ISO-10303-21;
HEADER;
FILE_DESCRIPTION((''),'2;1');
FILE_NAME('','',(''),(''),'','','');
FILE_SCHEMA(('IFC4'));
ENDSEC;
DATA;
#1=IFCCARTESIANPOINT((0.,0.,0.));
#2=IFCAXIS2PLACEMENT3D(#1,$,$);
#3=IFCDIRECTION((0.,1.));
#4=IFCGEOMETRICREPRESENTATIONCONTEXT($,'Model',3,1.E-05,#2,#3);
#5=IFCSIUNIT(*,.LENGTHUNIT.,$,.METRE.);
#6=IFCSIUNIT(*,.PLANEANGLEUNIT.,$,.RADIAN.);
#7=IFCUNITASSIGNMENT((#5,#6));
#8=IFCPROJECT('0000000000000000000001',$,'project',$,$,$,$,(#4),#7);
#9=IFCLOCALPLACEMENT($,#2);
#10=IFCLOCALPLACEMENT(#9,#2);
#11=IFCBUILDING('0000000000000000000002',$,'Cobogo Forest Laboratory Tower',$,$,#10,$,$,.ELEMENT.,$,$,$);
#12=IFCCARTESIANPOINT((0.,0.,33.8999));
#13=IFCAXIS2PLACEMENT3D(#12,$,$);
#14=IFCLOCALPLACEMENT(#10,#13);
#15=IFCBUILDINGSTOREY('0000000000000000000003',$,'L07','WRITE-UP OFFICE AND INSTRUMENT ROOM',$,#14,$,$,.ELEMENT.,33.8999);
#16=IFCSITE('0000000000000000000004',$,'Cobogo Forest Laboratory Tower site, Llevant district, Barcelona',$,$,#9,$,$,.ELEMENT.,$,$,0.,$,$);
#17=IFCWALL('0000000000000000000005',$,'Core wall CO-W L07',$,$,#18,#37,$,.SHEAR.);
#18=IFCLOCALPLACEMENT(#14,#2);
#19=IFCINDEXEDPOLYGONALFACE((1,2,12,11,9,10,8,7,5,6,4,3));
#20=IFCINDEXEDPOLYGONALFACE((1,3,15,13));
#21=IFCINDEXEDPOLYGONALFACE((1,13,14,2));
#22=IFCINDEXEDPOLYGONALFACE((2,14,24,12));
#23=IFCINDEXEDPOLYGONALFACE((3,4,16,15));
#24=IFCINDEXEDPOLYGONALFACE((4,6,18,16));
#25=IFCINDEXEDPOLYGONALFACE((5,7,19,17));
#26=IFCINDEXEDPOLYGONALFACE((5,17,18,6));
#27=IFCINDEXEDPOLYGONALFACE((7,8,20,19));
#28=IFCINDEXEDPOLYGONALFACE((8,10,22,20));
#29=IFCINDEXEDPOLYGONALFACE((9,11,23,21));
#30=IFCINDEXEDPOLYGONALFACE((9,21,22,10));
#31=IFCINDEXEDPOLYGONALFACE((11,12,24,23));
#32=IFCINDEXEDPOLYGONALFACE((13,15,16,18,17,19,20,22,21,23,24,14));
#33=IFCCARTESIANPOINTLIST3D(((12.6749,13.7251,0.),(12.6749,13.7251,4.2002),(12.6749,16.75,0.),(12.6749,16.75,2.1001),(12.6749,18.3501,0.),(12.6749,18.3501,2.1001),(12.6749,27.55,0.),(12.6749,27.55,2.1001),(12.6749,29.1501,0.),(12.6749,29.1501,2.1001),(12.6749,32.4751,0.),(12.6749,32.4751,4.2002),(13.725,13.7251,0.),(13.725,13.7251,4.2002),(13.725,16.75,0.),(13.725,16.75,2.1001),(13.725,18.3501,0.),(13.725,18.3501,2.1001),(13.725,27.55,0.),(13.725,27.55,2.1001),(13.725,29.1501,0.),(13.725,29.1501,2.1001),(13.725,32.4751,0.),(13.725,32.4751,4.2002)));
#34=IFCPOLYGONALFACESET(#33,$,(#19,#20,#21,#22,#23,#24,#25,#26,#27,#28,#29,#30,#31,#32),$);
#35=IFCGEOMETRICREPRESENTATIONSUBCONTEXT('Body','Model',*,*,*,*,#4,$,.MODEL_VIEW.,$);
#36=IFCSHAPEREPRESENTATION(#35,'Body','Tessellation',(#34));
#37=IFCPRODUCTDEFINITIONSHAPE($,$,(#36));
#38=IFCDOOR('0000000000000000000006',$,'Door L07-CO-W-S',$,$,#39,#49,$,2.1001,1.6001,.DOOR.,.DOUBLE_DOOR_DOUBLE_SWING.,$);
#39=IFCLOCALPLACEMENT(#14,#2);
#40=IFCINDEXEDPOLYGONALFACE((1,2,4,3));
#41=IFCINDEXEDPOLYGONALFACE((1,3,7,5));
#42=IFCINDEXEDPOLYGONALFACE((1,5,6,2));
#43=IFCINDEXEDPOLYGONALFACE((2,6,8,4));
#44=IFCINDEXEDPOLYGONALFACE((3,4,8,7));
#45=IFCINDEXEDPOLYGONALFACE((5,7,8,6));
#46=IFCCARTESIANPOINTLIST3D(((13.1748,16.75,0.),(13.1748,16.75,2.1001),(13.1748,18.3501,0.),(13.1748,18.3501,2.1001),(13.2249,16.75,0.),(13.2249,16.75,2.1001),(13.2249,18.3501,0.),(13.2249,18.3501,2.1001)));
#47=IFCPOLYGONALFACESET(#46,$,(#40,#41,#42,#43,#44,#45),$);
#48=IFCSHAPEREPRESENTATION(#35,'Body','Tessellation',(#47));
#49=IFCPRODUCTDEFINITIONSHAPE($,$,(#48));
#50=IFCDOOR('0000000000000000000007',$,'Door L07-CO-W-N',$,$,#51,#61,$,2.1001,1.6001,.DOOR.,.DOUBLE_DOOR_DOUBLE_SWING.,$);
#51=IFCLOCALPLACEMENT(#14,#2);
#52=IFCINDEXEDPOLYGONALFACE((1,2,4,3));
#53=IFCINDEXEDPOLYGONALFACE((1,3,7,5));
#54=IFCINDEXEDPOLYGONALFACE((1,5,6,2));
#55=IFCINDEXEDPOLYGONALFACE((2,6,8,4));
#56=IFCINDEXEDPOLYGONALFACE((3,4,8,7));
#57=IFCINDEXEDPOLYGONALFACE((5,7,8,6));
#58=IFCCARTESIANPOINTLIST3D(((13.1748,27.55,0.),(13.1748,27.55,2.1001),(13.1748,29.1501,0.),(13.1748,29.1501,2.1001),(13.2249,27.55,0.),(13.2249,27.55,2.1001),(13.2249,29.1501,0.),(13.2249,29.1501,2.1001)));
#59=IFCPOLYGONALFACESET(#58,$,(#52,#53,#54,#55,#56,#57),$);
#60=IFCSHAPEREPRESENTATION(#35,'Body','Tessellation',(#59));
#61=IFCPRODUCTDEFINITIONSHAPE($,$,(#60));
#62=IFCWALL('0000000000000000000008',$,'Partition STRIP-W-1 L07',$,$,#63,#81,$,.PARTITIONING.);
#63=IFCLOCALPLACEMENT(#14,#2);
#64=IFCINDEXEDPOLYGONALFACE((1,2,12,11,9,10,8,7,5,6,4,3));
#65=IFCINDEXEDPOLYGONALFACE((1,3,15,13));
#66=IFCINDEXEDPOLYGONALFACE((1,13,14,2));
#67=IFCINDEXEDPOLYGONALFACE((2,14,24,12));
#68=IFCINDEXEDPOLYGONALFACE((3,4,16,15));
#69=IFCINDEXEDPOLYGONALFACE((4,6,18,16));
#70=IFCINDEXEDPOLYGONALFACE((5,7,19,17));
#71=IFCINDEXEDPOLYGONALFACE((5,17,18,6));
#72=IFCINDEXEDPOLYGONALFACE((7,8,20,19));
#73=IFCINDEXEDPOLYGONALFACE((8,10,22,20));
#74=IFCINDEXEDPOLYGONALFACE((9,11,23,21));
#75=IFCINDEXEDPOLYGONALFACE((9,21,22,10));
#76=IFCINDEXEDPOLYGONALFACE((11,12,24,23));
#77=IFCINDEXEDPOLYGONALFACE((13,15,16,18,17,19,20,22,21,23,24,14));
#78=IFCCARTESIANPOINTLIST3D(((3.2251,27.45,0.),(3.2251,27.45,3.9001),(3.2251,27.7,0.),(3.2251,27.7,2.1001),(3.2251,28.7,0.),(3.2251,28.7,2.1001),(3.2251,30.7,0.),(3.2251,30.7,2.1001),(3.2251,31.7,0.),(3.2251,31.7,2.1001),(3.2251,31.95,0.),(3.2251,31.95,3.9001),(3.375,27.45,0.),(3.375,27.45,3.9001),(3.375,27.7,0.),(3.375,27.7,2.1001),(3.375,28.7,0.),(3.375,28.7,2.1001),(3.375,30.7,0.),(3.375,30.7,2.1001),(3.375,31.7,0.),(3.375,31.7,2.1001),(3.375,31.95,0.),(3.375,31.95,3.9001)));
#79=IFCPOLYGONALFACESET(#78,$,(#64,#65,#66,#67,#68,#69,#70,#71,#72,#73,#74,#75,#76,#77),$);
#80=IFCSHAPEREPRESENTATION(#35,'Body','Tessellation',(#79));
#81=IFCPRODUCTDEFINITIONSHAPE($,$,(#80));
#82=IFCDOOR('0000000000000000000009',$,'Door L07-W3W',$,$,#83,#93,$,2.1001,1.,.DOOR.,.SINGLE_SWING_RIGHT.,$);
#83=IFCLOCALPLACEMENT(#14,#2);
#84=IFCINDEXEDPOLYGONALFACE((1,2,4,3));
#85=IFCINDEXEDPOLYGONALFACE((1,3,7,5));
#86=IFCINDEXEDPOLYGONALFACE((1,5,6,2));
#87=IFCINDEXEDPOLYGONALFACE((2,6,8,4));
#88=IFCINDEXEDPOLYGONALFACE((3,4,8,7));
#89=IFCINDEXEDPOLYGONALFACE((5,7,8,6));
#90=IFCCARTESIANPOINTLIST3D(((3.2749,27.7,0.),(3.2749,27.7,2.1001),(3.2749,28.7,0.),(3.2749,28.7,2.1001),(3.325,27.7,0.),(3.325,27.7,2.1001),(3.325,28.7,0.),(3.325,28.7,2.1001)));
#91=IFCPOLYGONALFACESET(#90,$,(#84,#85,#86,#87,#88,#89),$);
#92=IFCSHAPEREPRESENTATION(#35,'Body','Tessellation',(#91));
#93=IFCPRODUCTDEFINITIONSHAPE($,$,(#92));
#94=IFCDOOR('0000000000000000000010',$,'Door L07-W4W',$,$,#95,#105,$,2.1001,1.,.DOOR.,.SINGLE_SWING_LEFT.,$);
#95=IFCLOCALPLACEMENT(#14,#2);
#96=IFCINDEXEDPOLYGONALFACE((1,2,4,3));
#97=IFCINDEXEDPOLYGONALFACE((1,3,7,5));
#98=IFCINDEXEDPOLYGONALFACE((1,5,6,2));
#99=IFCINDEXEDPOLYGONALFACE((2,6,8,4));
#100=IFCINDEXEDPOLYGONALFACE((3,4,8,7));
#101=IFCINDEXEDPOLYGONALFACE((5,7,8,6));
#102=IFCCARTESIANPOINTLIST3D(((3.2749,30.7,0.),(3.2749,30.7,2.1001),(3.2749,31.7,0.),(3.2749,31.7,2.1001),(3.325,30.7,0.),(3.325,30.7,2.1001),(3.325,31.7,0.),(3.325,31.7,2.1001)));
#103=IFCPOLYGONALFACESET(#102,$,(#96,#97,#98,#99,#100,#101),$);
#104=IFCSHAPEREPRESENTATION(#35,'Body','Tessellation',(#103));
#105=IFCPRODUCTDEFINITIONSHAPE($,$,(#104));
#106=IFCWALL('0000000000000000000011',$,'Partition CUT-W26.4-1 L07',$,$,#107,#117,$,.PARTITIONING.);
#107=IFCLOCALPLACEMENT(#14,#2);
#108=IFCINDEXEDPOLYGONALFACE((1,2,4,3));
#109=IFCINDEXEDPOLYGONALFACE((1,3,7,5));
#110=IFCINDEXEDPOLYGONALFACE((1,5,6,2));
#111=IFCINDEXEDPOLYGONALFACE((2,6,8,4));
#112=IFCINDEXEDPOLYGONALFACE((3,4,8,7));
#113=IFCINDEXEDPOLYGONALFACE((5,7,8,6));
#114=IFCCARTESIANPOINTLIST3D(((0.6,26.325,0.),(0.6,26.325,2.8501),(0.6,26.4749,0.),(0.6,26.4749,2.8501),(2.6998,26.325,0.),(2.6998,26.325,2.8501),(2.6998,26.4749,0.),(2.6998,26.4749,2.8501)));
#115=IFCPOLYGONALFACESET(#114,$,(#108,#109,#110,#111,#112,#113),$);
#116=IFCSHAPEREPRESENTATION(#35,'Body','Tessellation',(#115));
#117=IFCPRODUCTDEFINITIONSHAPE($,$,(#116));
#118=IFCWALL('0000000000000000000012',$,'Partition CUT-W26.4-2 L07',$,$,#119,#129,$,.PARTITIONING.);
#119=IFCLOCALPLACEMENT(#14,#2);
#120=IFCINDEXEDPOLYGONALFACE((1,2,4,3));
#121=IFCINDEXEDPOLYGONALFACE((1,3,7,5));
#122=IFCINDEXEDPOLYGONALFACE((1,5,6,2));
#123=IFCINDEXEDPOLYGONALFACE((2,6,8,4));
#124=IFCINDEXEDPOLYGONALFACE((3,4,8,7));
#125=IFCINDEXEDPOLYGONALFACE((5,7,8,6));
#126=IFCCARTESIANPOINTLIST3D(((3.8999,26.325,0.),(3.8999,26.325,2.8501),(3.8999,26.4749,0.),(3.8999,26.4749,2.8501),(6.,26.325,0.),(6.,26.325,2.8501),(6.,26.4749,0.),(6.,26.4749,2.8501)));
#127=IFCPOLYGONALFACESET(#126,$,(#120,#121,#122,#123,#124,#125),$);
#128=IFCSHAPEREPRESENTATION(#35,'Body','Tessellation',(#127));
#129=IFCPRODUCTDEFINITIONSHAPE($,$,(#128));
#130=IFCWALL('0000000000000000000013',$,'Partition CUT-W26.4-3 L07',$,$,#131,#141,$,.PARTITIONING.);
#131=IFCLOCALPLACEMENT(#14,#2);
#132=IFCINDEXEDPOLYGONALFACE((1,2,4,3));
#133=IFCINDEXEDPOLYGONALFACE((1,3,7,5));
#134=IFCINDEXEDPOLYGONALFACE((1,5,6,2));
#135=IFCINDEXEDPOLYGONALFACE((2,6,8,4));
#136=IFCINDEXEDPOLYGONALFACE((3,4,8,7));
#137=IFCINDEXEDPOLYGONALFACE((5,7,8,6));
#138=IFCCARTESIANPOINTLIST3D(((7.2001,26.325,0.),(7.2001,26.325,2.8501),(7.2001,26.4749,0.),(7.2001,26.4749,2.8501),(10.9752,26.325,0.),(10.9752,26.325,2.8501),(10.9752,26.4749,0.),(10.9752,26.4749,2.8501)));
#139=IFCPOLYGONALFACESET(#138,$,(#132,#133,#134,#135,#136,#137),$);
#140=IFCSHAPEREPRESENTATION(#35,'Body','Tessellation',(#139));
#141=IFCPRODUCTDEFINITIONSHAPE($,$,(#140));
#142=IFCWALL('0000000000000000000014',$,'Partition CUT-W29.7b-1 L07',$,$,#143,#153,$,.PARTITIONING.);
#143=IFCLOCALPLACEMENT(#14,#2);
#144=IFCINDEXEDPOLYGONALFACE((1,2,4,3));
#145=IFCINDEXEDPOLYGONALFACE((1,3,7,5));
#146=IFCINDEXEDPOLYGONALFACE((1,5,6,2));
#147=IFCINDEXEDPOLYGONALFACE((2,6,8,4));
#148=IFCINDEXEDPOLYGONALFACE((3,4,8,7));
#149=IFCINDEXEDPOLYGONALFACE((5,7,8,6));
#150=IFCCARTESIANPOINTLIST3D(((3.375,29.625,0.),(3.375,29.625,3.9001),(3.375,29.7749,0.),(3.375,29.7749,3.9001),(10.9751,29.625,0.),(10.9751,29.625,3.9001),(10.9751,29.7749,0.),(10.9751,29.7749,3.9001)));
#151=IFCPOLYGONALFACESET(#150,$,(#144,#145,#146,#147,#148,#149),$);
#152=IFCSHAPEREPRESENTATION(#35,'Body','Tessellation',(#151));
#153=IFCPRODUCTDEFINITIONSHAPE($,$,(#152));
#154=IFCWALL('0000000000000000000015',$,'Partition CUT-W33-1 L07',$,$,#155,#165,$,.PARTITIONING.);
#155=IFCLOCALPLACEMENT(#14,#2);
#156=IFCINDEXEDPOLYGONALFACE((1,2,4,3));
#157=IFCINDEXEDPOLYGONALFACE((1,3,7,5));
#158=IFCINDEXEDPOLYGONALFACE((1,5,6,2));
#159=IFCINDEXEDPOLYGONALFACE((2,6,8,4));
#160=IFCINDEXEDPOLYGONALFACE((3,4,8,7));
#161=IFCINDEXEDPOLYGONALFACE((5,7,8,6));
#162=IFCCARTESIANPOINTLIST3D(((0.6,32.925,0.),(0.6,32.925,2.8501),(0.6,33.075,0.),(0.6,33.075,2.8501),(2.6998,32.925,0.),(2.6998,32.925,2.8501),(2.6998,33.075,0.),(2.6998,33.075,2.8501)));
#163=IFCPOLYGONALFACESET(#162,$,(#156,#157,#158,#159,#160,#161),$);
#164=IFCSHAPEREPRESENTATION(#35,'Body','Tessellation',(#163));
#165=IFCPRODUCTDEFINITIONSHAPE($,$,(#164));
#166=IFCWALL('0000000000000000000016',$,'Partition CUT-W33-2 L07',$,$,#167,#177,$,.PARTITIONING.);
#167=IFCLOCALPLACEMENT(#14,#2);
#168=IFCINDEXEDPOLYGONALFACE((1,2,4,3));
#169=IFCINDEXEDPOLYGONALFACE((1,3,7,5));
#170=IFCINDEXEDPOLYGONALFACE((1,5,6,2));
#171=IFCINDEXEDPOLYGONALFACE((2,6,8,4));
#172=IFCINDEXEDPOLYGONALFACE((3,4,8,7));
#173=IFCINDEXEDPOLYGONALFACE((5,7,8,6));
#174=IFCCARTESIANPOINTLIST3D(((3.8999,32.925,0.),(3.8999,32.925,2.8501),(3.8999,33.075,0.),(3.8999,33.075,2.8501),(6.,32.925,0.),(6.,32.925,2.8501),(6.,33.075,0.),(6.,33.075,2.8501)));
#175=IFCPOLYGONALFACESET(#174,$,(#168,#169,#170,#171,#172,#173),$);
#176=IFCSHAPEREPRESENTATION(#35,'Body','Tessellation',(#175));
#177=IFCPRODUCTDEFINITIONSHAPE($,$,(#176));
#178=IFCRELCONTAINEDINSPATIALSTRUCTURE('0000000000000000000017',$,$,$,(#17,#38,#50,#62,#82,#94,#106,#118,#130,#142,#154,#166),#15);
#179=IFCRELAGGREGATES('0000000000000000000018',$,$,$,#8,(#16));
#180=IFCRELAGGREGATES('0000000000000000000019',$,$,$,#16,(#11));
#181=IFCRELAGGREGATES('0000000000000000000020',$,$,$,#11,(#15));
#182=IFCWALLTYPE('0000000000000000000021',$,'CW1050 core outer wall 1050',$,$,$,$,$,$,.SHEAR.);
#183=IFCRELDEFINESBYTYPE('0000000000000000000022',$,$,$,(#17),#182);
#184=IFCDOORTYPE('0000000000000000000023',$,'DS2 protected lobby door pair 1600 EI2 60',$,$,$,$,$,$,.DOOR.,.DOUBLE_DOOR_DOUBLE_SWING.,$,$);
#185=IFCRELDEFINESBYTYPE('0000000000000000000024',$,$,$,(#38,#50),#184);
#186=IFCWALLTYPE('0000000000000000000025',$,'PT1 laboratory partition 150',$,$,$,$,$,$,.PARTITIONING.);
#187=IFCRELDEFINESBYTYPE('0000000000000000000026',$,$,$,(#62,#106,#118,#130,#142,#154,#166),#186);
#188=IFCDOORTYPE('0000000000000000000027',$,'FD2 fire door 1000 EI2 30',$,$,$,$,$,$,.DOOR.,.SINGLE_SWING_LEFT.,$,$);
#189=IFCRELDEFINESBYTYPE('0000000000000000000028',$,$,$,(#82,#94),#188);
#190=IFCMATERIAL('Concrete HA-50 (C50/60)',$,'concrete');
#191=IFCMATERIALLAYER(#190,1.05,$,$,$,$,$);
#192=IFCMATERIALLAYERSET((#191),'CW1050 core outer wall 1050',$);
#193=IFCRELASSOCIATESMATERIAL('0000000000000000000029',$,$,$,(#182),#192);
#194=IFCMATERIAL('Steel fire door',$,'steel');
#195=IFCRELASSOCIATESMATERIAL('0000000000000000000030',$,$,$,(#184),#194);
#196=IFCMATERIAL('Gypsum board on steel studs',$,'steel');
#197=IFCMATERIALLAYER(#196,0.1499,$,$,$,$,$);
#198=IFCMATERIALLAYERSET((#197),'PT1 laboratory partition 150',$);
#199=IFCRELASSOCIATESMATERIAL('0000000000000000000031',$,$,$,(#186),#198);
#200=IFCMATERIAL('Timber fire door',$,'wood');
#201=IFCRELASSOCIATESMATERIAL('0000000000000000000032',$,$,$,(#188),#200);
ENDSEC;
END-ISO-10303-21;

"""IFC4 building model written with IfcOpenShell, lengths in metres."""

from ifc_helpers import new_model, si_unit, direction, frame, frame_2d, origin, place, context, subcontext, project, spatial, rectangle, extrude, material, layer, layer_set, type_object, element, fill, save


model = new_model("IFC4")

# Units and contexts
model_context = context("Model", 3, precision=1e-05, world=origin(), true_north=direction((0.0, 1.0)))
body_context = subcontext(model_context, "Body", "Model", "MODEL_VIEW")
ifc_project = project(units=[si_unit("LENGTHUNIT", "METRE"), si_unit("PLANEANGLEUNIT", "RADIAN")], contexts=[model_context])

# Site, building, storey
site_placement = place(None, origin())
site = spatial("IfcSite", under=ifc_project, at=site_placement, Name="Cobogo Forest Laboratory Tower site, Llevant district, Barcelona", CompositionType="ELEMENT", RefElevation=0.0)
building_placement = place(site_placement, origin())
building = spatial("IfcBuilding", under=site, at=building_placement, Name="Cobogo Forest Laboratory Tower", CompositionType="ELEMENT")
storey_placement = place(building_placement, frame((0.0, 0.0, 33.8999)))
storey = spatial("IfcBuildingStorey", under=building, at=storey_placement, Name="L07", Description="WRITE-UP OFFICE AND INSTRUMENT ROOM", CompositionType="ELEMENT", Elevation=33.8999)

# Shared definitions
ifc_material_1 = material(Name="Concrete HA-50 (C50/60)", Category="concrete")

# Shared definitions
ifc_material_2 = material(Name="Steel fire door", Category="steel")

# Walls, openings, doors
ifc_layer_1 = layer(ifc_material_1, 1.05)
ifc_layer_set_1 = layer_set([ifc_layer_1], Name="CW1050 core outer wall 1050")
wall_type_1 = type_object("IfcWallType", Name="CW1050 core outer wall 1050", PredefinedType="SHEAR", material=ifc_layer_set_1)
wall_1_placement = place(storey_placement, frame((13.2, 32.4751, 0.0), z_axis=(0.0, 0.0, 1.0), x_axis=(0.0, -1.0, 0.0)))
wall_1 = element("IfcWall", 1, at=wall_1_placement, inside=storey, type_object=wall_type_1, Name="Core wall CO-W L07", PredefinedType="SHEAR", context=body_context, shape_type="SweptSolid", body=[
    extrude(rectangle(XDim=18.75, YDim=1.05, at=frame_2d((9.375, 0.0))), origin(), (0.0, 0.0, 1.0), 4.2002),
])
opening_1_placement = place(wall_1_placement, frame((14.125, 0.0, 0.0)))
opening_1 = element("IfcOpeningElement", 2, at=opening_1_placement, cuts=wall_1, PredefinedType="OPENING", context=body_context, shape_type="SweptSolid", body=[
    extrude(rectangle(XDim=1.6001, YDim=2.1001, at=frame_2d((0.8, 1.05))), frame((0.0, 0.5349, 0.0), z_axis=(0.0, -1.0, 0.0), x_axis=(1.0, 0.0, 0.0)), (0.0, 0.0, 1.0), 1.0701),
])
opening_2_placement = place(wall_1_placement, frame((3.325, 0.0, 0.0)))
opening_2 = element("IfcOpeningElement", 3, at=opening_2_placement, cuts=wall_1, PredefinedType="OPENING", context=body_context, shape_type="SweptSolid", body=[
    extrude(rectangle(XDim=1.6001, YDim=2.1001, at=frame_2d((0.8, 1.05))), frame((0.0, 0.5349, 0.0), z_axis=(0.0, -1.0, 0.0), x_axis=(1.0, 0.0, 0.0)), (0.0, 0.0, 1.0), 1.0701),
])
door_type_1 = type_object("IfcDoorType", Name="DS2 protected lobby door pair 1600 EI2 60", OperationType="DOUBLE_DOOR_DOUBLE_SWING", PredefinedType="DOOR", material=ifc_material_2)
door_1_placement = place(opening_1_placement, origin())
door_1 = element("IfcDoor", 4, at=door_1_placement, inside=storey, type_object=door_type_1, Name="Door L07-CO-W-S", OperationType="DOUBLE_DOOR_DOUBLE_SWING", OverallHeight=2.1001, OverallWidth=1.6001, PredefinedType="DOOR", context=body_context, shape_type="SweptSolid", body=[
    extrude(rectangle(XDim=1.6001, YDim=2.1001, at=frame_2d((0.8, 1.05))), frame((0.0, 0.0249, 0.0), z_axis=(0.0, -1.0, 0.0), x_axis=(1.0, 0.0, 0.0)), (0.0, 0.0, 1.0), 0.05),
])
fill(opening_1, door_1)
door_2_placement = place(opening_2_placement, origin())
door_2 = element("IfcDoor", 5, at=door_2_placement, inside=storey, type_object=door_type_1, Name="Door L07-CO-W-N", OperationType="DOUBLE_DOOR_DOUBLE_SWING", OverallHeight=2.1001, OverallWidth=1.6001, PredefinedType="DOOR", context=body_context, shape_type="SweptSolid", body=[
    extrude(rectangle(XDim=1.6001, YDim=2.1001, at=frame_2d((0.8, 1.05))), frame((0.0, 0.0249, 0.0), z_axis=(0.0, -1.0, 0.0), x_axis=(1.0, 0.0, 0.0)), (0.0, 0.0, 1.0), 0.05),
])
fill(opening_2, door_2)
ifc_material_3 = material(Name="Gypsum board on steel studs", Category="steel")
ifc_layer_2 = layer(ifc_material_3, 0.1499)
ifc_layer_set_2 = layer_set([ifc_layer_2], Name="PT1 laboratory partition 150")
wall_type_2 = type_object("IfcWallType", Name="PT1 laboratory partition 150", PredefinedType="PARTITIONING", material=ifc_layer_set_2)
wall_2_placement = place(storey_placement, frame((3.3, 31.95, 0.0), z_axis=(0.0, 0.0, 1.0), x_axis=(0.0, -1.0, 0.0)))
wall_2 = element("IfcWall", 6, at=wall_2_placement, inside=storey, type_object=wall_type_2, Name="Partition STRIP-W-1 L07", PredefinedType="PARTITIONING", context=body_context, shape_type="SweptSolid", body=[
    extrude(rectangle(XDim=4.5, YDim=0.1499, at=frame_2d((2.25, 0.0))), origin(), (0.0, 0.0, 1.0), 3.9001),
])
opening_3_placement = place(wall_2_placement, frame((3.25, 0.0, 0.0)))
opening_3 = element("IfcOpeningElement", 7, at=opening_3_placement, cuts=wall_2, PredefinedType="OPENING", context=body_context, shape_type="SweptSolid", body=[
    extrude(rectangle(XDim=1.0, YDim=2.1001, at=frame_2d((0.5, 1.05))), frame((0.0, 0.085, 0.0), z_axis=(0.0, -1.0, 0.0), x_axis=(1.0, 0.0, 0.0)), (0.0, 0.0, 1.0), 0.1699),
])
opening_4_placement = place(wall_2_placement, frame((0.25, 0.0, 0.0)))
opening_4 = element("IfcOpeningElement", 8, at=opening_4_placement, cuts=wall_2, PredefinedType="OPENING", context=body_context, shape_type="SweptSolid", body=[
    extrude(rectangle(XDim=1.0, YDim=2.1001, at=frame_2d((0.5, 1.05))), frame((0.0, 0.085, 0.0), z_axis=(0.0, -1.0, 0.0), x_axis=(1.0, 0.0, 0.0)), (0.0, 0.0, 1.0), 0.1699),
])
ifc_material_4 = material(Name="Timber fire door", Category="wood")
door_type_2 = type_object("IfcDoorType", Name="FD2 fire door 1000 EI2 30", OperationType="SINGLE_SWING_LEFT", PredefinedType="DOOR", material=ifc_material_4)
door_3_placement = place(opening_3_placement, origin())
door_3 = element("IfcDoor", 9, at=door_3_placement, inside=storey, type_object=door_type_2, Name="Door L07-W3W", OperationType="SINGLE_SWING_RIGHT", OverallHeight=2.1001, OverallWidth=1.0, PredefinedType="DOOR", context=body_context, shape_type="SweptSolid", body=[
    extrude(rectangle(XDim=1.0, YDim=2.1001, at=frame_2d((0.5, 1.05))), frame((0.0, 0.0249, 0.0), z_axis=(0.0, -1.0, 0.0), x_axis=(1.0, 0.0, 0.0)), (0.0, 0.0, 1.0), 0.05),
])
fill(opening_3, door_3)
door_4_placement = place(opening_4_placement, origin())
door_4 = element("IfcDoor", 10, at=door_4_placement, inside=storey, type_object=door_type_2, Name="Door L07-W4W", OperationType="SINGLE_SWING_LEFT", OverallHeight=2.1001, OverallWidth=1.0, PredefinedType="DOOR", context=body_context, shape_type="SweptSolid", body=[
    extrude(rectangle(XDim=1.0, YDim=2.1001, at=frame_2d((0.5, 1.05))), frame((0.0, 0.0249, 0.0), z_axis=(0.0, -1.0, 0.0), x_axis=(1.0, 0.0, 0.0)), (0.0, 0.0, 1.0), 0.05),
])
fill(opening_4, door_4)

# Walls
wall_3_placement = place(storey_placement, frame((0.6001, 26.3999, 0.0), z_axis=(0.0, 0.0, 1.0), x_axis=(1.0, 0.0, 0.0)))
element("IfcWall", 11, at=wall_3_placement, inside=storey, type_object=wall_type_2, Name="Partition CUT-W26.4-1 L07", PredefinedType="PARTITIONING", context=body_context, shape_type="SweptSolid", body=[
    extrude(rectangle(XDim=2.0999, YDim=0.1499, at=frame_2d((1.0498, 0.0))), origin(), (0.0, 0.0, 1.0), 2.8501),
])
wall_4_placement = place(storey_placement, frame((3.8999, 26.3999, 0.0), z_axis=(0.0, 0.0, 1.0), x_axis=(1.0, 0.0, 0.0)))
element("IfcWall", 12, at=wall_4_placement, inside=storey, type_object=wall_type_2, Name="Partition CUT-W26.4-2 L07", PredefinedType="PARTITIONING", context=body_context, shape_type="SweptSolid", body=[
    extrude(rectangle(XDim=2.1001, YDim=0.1499, at=frame_2d((1.05, 0.0))), origin(), (0.0, 0.0, 1.0), 2.8501),
])
wall_5_placement = place(storey_placement, frame((7.2, 26.3999, 0.0), z_axis=(0.0, 0.0, 1.0), x_axis=(1.0, 0.0, 0.0)))
element("IfcWall", 13, at=wall_5_placement, inside=storey, type_object=wall_type_2, Name="Partition CUT-W26.4-3 L07", PredefinedType="PARTITIONING", context=body_context, shape_type="SweptSolid", body=[
    extrude(rectangle(XDim=3.7751, YDim=0.1499, at=frame_2d((1.8877, 0.0))), origin(), (0.0, 0.0, 1.0), 2.8501),
])
wall_6_placement = place(storey_placement, frame((3.375, 29.7, 0.0), z_axis=(0.0, 0.0, 1.0), x_axis=(1.0, 0.0, 0.0)))
element("IfcWall", 14, at=wall_6_placement, inside=storey, type_object=wall_type_2, Name="Partition CUT-W29.7b-1 L07", PredefinedType="PARTITIONING", context=body_context, shape_type="SweptSolid", body=[
    extrude(rectangle(XDim=7.6001, YDim=0.1499, at=frame_2d((3.8, 0.0))), origin(), (0.0, 0.0, 1.0), 3.9001),
])
wall_7_placement = place(storey_placement, frame((0.6001, 33.0, 0.0), z_axis=(0.0, 0.0, 1.0), x_axis=(1.0, 0.0, 0.0)))
element("IfcWall", 15, at=wall_7_placement, inside=storey, type_object=wall_type_2, Name="Partition CUT-W33-1 L07", PredefinedType="PARTITIONING", context=body_context, shape_type="SweptSolid", body=[
    extrude(rectangle(XDim=2.0999, YDim=0.1499, at=frame_2d((1.0498, 0.0))), origin(), (0.0, 0.0, 1.0), 2.8501),
])
wall_8_placement = place(storey_placement, frame((3.8999, 33.0, 0.0), z_axis=(0.0, 0.0, 1.0), x_axis=(1.0, 0.0, 0.0)))
element("IfcWall", 16, at=wall_8_placement, inside=storey, type_object=wall_type_2, Name="Partition CUT-W33-2 L07", PredefinedType="PARTITIONING", context=body_context, shape_type="SweptSolid", body=[
    extrude(rectangle(XDim=2.1001, YDim=0.1499, at=frame_2d((1.05, 0.0))), origin(), (0.0, 0.0, 1.0), 2.8501),
])

save(model, "model.ifc")
